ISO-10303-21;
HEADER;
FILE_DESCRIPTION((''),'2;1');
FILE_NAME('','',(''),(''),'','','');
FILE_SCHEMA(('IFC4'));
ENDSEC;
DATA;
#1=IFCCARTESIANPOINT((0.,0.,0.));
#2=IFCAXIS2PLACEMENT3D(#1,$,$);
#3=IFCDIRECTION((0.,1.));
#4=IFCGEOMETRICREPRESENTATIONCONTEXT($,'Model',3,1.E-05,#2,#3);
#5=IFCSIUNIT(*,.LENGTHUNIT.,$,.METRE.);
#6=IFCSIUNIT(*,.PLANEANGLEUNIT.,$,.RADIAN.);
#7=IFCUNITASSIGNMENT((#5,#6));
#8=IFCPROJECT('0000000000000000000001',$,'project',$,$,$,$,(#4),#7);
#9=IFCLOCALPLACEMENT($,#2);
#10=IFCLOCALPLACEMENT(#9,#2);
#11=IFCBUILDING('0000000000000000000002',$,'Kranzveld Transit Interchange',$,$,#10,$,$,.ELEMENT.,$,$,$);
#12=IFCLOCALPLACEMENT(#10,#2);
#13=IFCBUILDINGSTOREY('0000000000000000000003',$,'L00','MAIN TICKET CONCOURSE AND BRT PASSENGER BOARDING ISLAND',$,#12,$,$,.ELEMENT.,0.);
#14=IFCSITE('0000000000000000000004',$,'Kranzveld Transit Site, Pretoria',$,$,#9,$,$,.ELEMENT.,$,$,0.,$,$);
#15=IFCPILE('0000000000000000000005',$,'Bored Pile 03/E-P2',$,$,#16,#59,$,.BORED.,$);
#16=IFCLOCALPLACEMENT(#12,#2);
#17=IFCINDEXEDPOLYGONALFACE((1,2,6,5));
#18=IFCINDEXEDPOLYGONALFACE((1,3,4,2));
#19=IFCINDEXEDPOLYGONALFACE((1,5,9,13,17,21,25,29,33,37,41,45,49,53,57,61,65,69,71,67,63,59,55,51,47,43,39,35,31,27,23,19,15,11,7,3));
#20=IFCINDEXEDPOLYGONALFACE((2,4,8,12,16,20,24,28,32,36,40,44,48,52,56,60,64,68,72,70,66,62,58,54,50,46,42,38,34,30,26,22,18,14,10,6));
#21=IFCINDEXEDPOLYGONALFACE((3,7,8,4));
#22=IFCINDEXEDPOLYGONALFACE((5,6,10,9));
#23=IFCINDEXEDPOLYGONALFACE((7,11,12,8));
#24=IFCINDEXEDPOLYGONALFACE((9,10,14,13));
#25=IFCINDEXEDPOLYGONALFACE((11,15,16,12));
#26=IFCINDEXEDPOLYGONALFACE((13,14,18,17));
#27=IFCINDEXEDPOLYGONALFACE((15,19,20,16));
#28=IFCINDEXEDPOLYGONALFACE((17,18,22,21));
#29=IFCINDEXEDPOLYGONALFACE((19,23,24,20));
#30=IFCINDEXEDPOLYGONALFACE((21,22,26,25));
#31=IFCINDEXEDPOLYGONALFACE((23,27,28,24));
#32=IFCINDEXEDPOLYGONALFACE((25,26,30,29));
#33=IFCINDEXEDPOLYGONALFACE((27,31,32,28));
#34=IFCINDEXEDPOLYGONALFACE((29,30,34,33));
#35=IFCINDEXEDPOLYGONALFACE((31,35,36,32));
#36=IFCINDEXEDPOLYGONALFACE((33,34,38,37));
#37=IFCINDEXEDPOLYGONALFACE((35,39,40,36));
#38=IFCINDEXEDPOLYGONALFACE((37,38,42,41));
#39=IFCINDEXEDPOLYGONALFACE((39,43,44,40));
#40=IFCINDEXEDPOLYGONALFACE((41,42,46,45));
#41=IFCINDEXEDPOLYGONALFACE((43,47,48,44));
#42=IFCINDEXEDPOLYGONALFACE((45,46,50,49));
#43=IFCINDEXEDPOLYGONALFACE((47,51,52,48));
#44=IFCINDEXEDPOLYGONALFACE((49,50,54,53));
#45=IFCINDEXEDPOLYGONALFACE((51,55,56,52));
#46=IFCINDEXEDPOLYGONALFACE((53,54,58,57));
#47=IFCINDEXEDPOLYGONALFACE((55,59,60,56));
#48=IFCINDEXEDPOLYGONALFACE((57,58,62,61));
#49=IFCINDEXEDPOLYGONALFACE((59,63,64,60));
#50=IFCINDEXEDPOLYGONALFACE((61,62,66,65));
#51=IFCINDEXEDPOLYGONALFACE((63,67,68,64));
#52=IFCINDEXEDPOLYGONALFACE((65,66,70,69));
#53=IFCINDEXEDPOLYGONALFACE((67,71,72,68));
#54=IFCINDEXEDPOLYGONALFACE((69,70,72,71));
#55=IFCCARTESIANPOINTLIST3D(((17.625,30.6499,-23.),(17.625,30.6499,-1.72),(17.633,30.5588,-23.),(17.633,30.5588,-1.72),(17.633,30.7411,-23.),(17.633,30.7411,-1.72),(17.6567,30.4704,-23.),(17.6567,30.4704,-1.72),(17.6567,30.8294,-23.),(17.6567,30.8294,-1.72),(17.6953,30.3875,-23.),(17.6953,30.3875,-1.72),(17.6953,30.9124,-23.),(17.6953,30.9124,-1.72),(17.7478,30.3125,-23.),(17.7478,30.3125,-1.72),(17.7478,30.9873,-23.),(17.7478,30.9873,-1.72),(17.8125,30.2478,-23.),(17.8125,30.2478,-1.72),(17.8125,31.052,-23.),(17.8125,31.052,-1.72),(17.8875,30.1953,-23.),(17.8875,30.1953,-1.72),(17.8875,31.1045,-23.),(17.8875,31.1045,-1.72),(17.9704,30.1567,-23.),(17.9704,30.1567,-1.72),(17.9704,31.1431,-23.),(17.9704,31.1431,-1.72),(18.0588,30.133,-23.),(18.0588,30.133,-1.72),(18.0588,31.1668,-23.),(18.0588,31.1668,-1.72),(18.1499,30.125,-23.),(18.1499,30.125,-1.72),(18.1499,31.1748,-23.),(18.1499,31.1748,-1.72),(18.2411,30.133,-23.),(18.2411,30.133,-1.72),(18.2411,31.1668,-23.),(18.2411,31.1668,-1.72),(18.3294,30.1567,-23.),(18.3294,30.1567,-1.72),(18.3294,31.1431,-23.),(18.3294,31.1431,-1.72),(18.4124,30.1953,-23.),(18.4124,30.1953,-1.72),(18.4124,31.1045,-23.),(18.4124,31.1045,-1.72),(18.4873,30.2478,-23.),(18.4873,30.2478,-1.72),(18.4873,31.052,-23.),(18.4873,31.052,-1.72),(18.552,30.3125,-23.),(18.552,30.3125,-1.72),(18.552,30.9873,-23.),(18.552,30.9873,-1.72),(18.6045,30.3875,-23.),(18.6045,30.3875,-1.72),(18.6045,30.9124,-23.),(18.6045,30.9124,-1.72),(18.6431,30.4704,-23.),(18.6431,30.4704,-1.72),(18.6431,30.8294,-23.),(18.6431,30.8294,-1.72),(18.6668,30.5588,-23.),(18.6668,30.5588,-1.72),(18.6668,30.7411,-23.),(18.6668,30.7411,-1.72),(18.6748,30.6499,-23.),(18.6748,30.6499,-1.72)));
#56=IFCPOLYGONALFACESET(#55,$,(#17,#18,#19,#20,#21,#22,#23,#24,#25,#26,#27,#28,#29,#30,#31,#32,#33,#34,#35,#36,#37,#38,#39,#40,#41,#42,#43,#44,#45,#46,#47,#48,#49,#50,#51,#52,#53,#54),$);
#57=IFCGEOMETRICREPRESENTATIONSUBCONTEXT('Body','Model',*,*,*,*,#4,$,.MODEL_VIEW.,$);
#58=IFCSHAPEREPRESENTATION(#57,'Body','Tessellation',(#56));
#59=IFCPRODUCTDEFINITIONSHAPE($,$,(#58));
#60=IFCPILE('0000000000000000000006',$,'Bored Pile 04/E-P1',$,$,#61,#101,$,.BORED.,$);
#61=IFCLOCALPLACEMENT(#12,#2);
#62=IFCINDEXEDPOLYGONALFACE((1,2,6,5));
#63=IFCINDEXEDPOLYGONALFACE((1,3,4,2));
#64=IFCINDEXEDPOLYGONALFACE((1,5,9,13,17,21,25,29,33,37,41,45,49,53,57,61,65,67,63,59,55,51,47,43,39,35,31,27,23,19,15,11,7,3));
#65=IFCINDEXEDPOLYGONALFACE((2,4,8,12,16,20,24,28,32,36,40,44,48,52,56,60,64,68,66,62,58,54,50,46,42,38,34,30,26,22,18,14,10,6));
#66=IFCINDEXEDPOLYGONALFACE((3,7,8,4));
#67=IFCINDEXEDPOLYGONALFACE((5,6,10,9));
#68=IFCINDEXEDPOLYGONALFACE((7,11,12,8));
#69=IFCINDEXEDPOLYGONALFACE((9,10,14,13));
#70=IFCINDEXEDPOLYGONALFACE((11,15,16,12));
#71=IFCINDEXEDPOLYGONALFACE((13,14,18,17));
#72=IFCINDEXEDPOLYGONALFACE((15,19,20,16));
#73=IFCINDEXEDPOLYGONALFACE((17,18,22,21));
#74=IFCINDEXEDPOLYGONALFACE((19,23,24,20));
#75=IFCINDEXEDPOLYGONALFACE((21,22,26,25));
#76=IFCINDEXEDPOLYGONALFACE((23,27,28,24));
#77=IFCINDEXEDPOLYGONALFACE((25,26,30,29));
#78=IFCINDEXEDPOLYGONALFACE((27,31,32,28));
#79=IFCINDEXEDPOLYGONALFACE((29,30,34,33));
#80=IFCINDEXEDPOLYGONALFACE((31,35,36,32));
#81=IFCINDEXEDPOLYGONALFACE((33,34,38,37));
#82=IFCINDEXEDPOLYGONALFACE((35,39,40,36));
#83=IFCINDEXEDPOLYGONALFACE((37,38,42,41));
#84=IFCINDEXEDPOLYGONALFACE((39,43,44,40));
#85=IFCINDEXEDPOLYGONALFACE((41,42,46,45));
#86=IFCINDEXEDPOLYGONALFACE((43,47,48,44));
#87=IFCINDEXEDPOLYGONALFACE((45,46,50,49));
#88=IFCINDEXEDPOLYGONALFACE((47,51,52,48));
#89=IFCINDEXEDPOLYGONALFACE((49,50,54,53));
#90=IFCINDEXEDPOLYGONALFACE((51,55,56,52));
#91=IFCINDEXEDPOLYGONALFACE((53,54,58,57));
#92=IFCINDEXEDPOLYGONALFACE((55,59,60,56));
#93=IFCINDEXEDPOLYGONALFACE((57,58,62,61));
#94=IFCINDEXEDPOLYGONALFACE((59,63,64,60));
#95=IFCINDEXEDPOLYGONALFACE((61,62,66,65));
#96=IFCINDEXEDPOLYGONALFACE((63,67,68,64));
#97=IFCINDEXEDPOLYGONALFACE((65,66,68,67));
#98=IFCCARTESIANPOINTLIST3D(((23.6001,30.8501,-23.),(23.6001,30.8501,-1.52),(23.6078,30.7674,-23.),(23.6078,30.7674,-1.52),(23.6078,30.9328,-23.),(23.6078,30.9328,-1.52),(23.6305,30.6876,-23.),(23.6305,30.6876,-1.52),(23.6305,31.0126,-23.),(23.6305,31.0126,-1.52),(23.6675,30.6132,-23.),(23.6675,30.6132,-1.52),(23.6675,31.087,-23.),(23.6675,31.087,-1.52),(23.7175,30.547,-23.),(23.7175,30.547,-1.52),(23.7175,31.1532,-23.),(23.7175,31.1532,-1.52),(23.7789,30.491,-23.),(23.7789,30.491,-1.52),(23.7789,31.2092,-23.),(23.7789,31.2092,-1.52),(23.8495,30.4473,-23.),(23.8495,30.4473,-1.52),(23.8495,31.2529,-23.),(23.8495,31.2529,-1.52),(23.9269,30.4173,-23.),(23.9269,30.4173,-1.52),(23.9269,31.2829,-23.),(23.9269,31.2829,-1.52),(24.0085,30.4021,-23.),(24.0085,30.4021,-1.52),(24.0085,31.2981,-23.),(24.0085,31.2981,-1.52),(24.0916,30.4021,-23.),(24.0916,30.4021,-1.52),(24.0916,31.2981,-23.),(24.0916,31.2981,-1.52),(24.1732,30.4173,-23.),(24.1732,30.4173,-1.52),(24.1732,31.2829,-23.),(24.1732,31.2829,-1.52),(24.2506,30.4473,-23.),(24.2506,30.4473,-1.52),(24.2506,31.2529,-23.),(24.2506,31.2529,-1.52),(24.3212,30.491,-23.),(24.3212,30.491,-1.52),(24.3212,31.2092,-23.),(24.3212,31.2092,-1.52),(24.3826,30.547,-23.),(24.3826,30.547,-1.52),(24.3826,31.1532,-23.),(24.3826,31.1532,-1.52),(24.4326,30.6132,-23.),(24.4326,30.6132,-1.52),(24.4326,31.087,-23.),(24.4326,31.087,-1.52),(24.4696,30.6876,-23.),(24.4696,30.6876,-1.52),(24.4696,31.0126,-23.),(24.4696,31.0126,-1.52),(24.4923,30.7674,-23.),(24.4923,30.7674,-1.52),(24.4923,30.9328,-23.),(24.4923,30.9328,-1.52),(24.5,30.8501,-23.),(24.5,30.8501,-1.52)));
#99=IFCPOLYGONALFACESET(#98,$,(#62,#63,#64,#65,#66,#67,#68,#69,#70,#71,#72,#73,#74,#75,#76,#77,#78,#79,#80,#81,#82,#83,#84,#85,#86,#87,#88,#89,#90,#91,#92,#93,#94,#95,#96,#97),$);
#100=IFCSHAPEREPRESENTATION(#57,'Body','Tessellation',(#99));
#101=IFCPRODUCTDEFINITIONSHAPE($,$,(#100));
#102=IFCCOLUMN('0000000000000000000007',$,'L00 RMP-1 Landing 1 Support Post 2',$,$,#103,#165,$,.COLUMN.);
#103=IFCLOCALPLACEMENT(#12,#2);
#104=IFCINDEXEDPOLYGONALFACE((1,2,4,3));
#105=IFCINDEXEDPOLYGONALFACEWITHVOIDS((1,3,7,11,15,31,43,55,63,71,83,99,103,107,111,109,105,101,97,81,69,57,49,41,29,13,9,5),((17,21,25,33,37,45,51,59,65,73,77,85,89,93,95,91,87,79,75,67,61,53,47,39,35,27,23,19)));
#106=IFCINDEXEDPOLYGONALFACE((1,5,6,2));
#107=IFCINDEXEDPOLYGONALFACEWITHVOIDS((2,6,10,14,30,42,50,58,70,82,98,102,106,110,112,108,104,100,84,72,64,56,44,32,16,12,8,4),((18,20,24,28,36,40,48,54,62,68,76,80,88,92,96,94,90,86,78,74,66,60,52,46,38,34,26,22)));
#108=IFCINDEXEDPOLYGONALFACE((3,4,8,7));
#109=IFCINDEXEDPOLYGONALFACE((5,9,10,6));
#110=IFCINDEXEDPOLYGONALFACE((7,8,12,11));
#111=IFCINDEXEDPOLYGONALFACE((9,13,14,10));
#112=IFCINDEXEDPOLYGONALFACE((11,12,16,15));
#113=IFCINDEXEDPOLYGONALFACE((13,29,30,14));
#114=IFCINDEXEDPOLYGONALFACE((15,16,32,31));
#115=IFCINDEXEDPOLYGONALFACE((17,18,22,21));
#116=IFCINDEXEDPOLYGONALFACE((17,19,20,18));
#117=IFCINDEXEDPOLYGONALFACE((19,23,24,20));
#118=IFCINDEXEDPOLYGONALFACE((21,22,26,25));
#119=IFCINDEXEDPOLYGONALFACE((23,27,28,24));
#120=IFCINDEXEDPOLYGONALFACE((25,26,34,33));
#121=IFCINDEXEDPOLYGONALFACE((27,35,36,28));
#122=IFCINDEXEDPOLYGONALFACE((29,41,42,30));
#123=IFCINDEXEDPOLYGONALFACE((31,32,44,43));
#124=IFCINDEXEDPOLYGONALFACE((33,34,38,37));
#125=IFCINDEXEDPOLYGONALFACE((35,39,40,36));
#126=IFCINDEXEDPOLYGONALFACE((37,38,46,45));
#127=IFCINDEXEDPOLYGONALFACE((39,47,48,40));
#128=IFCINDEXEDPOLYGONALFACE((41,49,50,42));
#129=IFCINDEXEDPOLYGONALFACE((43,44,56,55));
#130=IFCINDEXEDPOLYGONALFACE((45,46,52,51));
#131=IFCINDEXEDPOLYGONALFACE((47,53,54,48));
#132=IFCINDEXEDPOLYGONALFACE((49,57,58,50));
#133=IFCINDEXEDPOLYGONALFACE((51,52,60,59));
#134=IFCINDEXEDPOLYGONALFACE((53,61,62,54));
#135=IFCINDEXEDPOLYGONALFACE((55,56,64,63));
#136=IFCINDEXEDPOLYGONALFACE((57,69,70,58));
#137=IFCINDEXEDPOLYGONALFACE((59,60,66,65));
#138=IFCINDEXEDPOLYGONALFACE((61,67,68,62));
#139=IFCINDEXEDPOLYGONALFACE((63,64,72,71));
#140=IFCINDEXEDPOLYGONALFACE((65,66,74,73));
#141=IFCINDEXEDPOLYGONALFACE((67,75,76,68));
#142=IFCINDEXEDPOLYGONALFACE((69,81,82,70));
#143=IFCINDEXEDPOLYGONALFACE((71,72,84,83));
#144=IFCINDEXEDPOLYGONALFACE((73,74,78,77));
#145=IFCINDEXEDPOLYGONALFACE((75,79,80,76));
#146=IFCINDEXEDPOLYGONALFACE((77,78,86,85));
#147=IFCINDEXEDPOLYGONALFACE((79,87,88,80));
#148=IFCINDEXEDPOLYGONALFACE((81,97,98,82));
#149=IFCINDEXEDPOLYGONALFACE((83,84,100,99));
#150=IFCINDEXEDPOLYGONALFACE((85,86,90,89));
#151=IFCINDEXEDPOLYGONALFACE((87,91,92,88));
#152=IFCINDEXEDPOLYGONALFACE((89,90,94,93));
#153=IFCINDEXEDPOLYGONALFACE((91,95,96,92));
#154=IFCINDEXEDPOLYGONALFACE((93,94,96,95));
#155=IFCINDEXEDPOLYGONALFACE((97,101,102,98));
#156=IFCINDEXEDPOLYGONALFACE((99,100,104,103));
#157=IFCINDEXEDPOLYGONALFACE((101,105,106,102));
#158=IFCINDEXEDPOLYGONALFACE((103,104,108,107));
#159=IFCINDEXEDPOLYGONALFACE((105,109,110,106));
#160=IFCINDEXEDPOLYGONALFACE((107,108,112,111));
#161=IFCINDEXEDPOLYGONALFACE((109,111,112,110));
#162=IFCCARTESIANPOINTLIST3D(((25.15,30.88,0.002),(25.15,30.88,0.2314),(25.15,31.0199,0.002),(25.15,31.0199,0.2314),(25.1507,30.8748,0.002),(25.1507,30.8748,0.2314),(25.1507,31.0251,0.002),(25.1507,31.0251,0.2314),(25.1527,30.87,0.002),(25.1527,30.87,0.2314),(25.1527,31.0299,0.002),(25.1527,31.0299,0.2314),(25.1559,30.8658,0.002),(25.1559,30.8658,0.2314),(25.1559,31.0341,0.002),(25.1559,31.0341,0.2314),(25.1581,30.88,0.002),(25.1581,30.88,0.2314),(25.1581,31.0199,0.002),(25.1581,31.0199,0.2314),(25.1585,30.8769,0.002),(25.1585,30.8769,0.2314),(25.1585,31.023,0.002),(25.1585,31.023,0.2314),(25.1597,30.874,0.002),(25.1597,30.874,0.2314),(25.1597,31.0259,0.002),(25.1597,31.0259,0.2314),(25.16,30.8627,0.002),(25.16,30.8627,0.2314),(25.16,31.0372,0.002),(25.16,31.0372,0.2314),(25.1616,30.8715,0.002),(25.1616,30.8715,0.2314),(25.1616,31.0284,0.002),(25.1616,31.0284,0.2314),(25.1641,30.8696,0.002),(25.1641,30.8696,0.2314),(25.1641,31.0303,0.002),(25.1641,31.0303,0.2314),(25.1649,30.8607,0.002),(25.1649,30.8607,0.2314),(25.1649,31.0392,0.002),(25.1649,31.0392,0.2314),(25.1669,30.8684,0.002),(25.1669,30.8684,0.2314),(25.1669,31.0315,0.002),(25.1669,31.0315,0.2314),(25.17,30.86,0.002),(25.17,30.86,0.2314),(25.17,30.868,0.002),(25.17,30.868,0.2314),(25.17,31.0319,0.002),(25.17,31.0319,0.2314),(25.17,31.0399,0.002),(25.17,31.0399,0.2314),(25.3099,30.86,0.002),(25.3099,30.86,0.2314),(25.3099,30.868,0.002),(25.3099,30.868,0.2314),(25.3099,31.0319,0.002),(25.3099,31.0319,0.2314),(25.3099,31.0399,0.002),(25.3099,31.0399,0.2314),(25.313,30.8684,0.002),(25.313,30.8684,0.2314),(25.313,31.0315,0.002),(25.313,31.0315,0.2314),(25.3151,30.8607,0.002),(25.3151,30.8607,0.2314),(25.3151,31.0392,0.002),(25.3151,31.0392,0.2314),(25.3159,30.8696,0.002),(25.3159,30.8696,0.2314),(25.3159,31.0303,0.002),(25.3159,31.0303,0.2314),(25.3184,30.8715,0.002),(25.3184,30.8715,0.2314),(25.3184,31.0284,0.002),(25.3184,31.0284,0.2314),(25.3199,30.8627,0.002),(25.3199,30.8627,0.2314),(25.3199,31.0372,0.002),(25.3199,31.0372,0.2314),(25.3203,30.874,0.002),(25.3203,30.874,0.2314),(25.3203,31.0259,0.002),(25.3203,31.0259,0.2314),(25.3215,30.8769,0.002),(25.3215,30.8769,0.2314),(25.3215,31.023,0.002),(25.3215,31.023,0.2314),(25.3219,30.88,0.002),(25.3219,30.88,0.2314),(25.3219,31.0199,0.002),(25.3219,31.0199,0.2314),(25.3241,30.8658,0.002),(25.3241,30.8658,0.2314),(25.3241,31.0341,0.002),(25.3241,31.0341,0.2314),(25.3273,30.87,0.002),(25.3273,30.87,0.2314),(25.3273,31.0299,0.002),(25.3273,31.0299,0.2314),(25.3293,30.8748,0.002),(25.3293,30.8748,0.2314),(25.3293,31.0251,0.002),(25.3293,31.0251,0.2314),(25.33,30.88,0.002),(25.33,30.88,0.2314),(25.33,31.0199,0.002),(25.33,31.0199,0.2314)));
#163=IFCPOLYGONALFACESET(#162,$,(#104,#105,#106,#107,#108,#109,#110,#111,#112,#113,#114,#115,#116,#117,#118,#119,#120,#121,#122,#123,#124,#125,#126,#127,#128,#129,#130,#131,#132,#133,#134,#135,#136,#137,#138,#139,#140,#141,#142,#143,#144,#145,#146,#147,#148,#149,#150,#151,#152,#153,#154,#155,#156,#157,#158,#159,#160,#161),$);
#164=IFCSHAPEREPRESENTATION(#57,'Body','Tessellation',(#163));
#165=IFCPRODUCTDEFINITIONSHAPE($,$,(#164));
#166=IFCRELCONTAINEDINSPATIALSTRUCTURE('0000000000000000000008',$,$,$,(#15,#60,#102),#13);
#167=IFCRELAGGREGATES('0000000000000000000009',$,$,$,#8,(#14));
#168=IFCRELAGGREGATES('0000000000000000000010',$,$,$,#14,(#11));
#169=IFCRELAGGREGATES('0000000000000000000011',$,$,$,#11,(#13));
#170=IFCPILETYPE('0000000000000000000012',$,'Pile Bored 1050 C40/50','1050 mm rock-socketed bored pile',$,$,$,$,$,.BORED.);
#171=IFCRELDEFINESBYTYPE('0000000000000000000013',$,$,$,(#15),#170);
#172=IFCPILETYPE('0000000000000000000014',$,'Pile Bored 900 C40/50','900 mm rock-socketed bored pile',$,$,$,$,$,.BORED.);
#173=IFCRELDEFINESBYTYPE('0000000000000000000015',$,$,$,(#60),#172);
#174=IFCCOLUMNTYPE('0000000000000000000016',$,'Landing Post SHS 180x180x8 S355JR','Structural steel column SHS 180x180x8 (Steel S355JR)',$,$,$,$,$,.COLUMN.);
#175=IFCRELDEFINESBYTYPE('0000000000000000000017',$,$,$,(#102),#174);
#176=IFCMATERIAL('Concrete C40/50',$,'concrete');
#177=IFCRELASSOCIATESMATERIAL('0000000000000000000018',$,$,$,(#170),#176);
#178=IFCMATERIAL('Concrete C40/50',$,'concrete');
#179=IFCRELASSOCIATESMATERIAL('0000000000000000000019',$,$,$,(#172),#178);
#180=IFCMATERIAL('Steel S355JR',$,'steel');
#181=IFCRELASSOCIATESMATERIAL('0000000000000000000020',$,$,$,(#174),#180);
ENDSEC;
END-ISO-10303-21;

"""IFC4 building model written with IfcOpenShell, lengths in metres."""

from ifc_helpers import new_model, si_unit, direction, frame, origin, origin_2d, place, context, subcontext, project, spatial, hollow_rectangle, circle, extrude, material, material_profile, profile_set, type_object, element, save


model = new_model("IFC4")

# Units and contexts
model_context = context("Model", 3, precision=1e-05, world=origin(), true_north=direction((0.0, 1.0)))
body_context = subcontext(model_context, "Body", "Model", "MODEL_VIEW")
ifc_project = project(units=[si_unit("LENGTHUNIT", "METRE"), si_unit("PLANEANGLEUNIT", "RADIAN")], contexts=[model_context])

# Site, building, storey
site_placement = place(None, origin())
site = spatial("IfcSite", under=ifc_project, at=site_placement, Name="Kranzveld Transit Site, Pretoria", CompositionType="ELEMENT", RefElevation=0.0)
building_placement = place(site_placement, origin())
building = spatial("IfcBuilding", under=site, at=building_placement, Name="Kranzveld Transit Interchange", CompositionType="ELEMENT")
storey_placement = place(building_placement, origin())
storey = spatial("IfcBuildingStorey", under=building, at=storey_placement, Name="L00", Description="MAIN TICKET CONCOURSE AND BRT PASSENGER BOARDING ISLAND", CompositionType="ELEMENT", Elevation=0.0)

# Piles
ifc_material_1 = material(Name="Concrete C40/50", Category="concrete")
ifc_material_profile_1 = material_profile(ifc_material_1, circle(Radius=0.5249, at=origin_2d()), Name="BORED PILE 1050")
ifc_profile_set_1 = profile_set([ifc_material_profile_1], Name="Concrete C40/50")
pile_type_1 = type_object("IfcPileType", Name="Pile Bored 1050 C40/50", Description="1050 mm rock-socketed bored pile", PredefinedType="BORED", material=ifc_profile_set_1)
pile_1_placement = place(storey_placement, frame((18.1499, 30.6499, -1.72), z_axis=(0.0, 0.0, -1.0), x_axis=(1.0, 0.0, 0.0)))
element("IfcPile", 1, at=pile_1_placement, inside=storey, type_object=pile_type_1, Name="Bored Pile 03/E-P2", PredefinedType="BORED", context=body_context, shape_type="SweptSolid", body=[
    extrude(circle(Radius=0.5249, at=origin_2d()), origin(), (0.0, 0.0, 1.0), 21.28),
])
ifc_material_2 = material(Name="Concrete C40/50", Category="concrete")
ifc_material_profile_2 = material_profile(ifc_material_2, circle(Radius=0.45, at=origin_2d()), Name="BORED PILE 900")
ifc_profile_set_2 = profile_set([ifc_material_profile_2], Name="Concrete C40/50")
pile_type_2 = type_object("IfcPileType", Name="Pile Bored 900 C40/50", Description="900 mm rock-socketed bored pile", PredefinedType="BORED", material=ifc_profile_set_2)
pile_2_placement = place(storey_placement, frame((24.05, 30.8501, -1.52), z_axis=(0.0, 0.0, -1.0), x_axis=(1.0, 0.0, 0.0)))
element("IfcPile", 2, at=pile_2_placement, inside=storey, type_object=pile_type_2, Name="Bored Pile 04/E-P1", PredefinedType="BORED", context=body_context, shape_type="SweptSolid", body=[
    extrude(circle(Radius=0.45, at=origin_2d()), origin(), (0.0, 0.0, 1.0), 21.48),
])

# Column
ifc_material_3 = material(Name="Steel S355JR", Category="steel")
ifc_material_profile_3 = material_profile(ifc_material_3, hollow_rectangle(XDim=0.1799, YDim=0.1799, WallThickness=0.0081, InnerFilletRadius=0.012, OuterFilletRadius=0.02, at=origin_2d()), Name="SHS 180x180x8")
ifc_profile_set_3 = profile_set([ifc_material_profile_3], Name="Steel S355JR")
column_type = type_object("IfcColumnType", Name="Landing Post SHS 180x180x8 S355JR", Description="Structural steel column SHS 180x180x8 (Steel S355JR)", PredefinedType="COLUMN", material=ifc_profile_set_3)
column_1_placement = place(storey_placement, frame((25.24, 30.95, 0.002), z_axis=(0.0, 0.0, 1.0), x_axis=(1.0, 0.0, 0.0)))
element("IfcColumn", 3, at=column_1_placement, inside=storey, type_object=column_type, Name="L00 RMP-1 Landing 1 Support Post 2", PredefinedType="COLUMN", context=body_context, shape_type="SweptSolid", body=[
    extrude(hollow_rectangle(XDim=0.1799, YDim=0.1799, WallThickness=0.0081, InnerFilletRadius=0.012, OuterFilletRadius=0.02, at=origin_2d()), origin(), (0.0, 0.0, 1.0), 0.2295),
])

save(model, "model.ifc")
